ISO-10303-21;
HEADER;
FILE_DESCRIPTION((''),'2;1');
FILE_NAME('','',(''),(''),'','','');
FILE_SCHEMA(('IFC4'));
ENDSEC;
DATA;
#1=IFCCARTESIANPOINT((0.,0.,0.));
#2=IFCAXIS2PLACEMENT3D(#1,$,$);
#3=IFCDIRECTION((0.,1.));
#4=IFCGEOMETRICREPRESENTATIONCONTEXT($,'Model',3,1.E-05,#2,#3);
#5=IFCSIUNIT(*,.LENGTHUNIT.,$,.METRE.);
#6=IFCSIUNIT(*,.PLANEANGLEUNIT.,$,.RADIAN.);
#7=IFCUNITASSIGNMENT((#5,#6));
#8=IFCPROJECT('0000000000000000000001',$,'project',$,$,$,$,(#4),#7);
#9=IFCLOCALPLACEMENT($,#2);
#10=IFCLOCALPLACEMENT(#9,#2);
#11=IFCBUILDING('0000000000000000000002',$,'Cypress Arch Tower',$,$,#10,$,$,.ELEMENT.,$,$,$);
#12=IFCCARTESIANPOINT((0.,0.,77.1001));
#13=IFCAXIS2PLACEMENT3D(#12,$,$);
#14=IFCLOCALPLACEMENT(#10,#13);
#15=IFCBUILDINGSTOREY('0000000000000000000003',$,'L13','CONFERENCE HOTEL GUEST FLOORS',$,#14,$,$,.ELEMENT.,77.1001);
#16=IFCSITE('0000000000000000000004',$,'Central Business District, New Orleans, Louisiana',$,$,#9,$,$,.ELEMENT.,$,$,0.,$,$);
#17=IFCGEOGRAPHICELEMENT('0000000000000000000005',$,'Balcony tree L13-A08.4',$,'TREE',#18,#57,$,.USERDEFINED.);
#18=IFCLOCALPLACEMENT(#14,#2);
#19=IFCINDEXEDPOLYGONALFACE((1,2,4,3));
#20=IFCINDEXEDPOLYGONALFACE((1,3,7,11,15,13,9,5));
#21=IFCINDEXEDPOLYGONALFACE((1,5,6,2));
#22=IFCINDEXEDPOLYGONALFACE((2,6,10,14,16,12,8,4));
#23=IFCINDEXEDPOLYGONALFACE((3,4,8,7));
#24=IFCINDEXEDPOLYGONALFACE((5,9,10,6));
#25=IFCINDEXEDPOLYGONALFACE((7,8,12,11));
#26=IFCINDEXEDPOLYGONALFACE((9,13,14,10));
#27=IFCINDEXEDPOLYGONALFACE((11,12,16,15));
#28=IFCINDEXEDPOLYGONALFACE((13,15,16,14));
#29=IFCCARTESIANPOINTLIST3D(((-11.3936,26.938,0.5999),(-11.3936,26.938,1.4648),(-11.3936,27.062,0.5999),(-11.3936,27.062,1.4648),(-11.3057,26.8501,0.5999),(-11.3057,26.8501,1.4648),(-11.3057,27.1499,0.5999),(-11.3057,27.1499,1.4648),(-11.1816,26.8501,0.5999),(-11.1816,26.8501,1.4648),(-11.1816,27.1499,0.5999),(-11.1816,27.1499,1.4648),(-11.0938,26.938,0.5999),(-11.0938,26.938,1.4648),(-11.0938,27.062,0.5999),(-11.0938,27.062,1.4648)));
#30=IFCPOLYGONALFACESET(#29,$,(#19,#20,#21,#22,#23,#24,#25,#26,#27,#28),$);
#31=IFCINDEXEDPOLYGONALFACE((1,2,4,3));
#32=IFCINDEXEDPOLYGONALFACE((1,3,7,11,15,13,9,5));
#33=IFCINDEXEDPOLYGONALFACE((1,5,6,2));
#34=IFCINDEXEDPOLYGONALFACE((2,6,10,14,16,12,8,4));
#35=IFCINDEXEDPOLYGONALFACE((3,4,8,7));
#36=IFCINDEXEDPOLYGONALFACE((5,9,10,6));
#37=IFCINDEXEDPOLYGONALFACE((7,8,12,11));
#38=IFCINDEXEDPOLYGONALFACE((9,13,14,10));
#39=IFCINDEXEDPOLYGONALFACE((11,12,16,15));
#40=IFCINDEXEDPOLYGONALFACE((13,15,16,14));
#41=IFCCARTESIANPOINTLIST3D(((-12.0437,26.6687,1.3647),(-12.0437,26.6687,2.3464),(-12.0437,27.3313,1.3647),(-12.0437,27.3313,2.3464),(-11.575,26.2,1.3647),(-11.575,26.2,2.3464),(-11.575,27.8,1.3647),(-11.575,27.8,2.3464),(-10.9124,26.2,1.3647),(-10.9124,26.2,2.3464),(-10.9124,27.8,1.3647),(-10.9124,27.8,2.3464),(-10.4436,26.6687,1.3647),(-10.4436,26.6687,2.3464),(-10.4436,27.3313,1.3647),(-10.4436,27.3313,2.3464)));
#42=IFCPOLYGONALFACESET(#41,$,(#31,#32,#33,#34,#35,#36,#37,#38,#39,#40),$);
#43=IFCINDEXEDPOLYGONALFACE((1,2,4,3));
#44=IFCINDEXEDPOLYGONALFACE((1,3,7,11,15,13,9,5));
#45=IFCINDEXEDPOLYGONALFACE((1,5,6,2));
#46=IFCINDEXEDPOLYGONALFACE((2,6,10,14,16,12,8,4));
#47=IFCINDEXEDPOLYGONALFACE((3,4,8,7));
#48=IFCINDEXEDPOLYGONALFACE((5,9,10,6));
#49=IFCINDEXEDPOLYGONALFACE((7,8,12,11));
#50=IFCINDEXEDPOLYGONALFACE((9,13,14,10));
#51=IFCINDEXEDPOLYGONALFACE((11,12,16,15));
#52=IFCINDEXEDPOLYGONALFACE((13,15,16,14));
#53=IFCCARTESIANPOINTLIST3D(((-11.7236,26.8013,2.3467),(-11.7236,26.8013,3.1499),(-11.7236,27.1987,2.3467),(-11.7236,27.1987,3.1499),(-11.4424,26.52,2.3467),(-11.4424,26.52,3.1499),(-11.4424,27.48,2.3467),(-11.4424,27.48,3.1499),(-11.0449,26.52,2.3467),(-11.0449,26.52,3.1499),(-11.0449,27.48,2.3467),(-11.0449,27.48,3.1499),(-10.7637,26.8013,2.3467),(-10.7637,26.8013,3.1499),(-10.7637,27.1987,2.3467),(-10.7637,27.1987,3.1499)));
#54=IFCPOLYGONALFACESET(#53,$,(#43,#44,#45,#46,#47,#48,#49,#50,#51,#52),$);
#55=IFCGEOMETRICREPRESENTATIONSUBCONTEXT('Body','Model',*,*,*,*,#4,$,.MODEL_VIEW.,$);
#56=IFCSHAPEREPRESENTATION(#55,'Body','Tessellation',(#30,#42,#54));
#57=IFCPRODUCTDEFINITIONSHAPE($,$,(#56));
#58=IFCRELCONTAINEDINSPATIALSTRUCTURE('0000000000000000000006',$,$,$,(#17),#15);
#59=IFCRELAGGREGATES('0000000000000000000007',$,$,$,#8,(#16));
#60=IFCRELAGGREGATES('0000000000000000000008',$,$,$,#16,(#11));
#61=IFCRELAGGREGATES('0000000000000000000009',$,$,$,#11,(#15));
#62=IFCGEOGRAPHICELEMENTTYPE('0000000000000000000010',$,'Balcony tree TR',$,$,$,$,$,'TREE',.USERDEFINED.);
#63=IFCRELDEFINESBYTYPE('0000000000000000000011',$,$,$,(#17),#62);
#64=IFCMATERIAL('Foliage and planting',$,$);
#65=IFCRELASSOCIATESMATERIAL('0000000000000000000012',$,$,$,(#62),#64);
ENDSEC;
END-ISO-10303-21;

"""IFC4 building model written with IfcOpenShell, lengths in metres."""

from ifc_helpers import new_model, si_unit, direction, frame, origin, place, context, subcontext, project, spatial, polyline, outline, extrude, material, type_object, element, save


model = new_model("IFC4")

# Units and contexts
model_context = context("Model", 3, precision=1e-05, world=origin(), true_north=direction((0.0, 1.0)))
body_context = subcontext(model_context, "Body", "Model", "MODEL_VIEW")
ifc_project = project(units=[si_unit("LENGTHUNIT", "METRE"), si_unit("PLANEANGLEUNIT", "RADIAN")], contexts=[model_context])

# Site, building, storey
site_placement = place(None, origin())
site = spatial("IfcSite", under=ifc_project, at=site_placement, Name="Central Business District, New Orleans, Louisiana", CompositionType="ELEMENT", RefElevation=0.0)
building_placement = place(site_placement, origin())
building = spatial("IfcBuilding", under=site, at=building_placement, Name="Cypress Arch Tower", CompositionType="ELEMENT")
storey_placement = place(building_placement, frame((0.0, 0.0, 77.1001)))
storey = spatial("IfcBuildingStorey", under=building, at=storey_placement, Name="L13", Description="CONFERENCE HOTEL GUEST FLOORS", CompositionType="ELEMENT", Elevation=77.1001)

# Geographic element
ifc_material_1 = material(Name="Foliage and planting")
geographic_element_type = type_object("IfcGeographicElementType", Name="Balcony tree TR", ElementType="TREE", PredefinedType="USERDEFINED", material=ifc_material_1)
geographic_element_placement = place(storey_placement, frame((-11.2437, 27.0, 0.5999), z_axis=(0.0, 0.0, 1.0), x_axis=(1.0, 0.0, 0.0)))
element("IfcGeographicElement", 1, at=geographic_element_placement, inside=storey, type_object=geographic_element_type, Name="Balcony tree L13-A08.4", ObjectType="TREE", PredefinedType="USERDEFINED", context=body_context, shape_type="SweptSolid", body=[
    extrude(outline(polyline([(0.1499, 0.062), (0.062, 0.1499), (-0.062, 0.1499), (-0.1499, 0.062), (-0.1499, -0.062), (-0.062, -0.1499), (0.062, -0.1499), (0.1499, -0.062), (0.1499, 0.062)])), origin(), (0.0, 0.0, 1.0), 0.865),
    extrude(outline(polyline([(0.8, 0.3313), (0.3313, 0.8), (-0.3313, 0.8), (-0.8, 0.3313), (-0.8, -0.3313), (-0.3313, -0.8), (0.3313, -0.8), (0.8, -0.3313), (0.8, 0.3313)])), frame((0.0, 0.0, 0.7649)), (0.0, 0.0, 1.0), 0.9817),
    extrude(outline(polyline([(0.48, 0.1987), (0.1987, 0.48), (-0.1987, 0.48), (-0.48, 0.1987), (-0.48, -0.1987), (-0.1987, -0.48), (0.1987, -0.48), (0.48, -0.1987), (0.48, 0.1987)])), frame((0.0, 0.0, 1.7468)), (0.0, 0.0, 1.0), 0.8032),
])

save(model, "model.ifc")
